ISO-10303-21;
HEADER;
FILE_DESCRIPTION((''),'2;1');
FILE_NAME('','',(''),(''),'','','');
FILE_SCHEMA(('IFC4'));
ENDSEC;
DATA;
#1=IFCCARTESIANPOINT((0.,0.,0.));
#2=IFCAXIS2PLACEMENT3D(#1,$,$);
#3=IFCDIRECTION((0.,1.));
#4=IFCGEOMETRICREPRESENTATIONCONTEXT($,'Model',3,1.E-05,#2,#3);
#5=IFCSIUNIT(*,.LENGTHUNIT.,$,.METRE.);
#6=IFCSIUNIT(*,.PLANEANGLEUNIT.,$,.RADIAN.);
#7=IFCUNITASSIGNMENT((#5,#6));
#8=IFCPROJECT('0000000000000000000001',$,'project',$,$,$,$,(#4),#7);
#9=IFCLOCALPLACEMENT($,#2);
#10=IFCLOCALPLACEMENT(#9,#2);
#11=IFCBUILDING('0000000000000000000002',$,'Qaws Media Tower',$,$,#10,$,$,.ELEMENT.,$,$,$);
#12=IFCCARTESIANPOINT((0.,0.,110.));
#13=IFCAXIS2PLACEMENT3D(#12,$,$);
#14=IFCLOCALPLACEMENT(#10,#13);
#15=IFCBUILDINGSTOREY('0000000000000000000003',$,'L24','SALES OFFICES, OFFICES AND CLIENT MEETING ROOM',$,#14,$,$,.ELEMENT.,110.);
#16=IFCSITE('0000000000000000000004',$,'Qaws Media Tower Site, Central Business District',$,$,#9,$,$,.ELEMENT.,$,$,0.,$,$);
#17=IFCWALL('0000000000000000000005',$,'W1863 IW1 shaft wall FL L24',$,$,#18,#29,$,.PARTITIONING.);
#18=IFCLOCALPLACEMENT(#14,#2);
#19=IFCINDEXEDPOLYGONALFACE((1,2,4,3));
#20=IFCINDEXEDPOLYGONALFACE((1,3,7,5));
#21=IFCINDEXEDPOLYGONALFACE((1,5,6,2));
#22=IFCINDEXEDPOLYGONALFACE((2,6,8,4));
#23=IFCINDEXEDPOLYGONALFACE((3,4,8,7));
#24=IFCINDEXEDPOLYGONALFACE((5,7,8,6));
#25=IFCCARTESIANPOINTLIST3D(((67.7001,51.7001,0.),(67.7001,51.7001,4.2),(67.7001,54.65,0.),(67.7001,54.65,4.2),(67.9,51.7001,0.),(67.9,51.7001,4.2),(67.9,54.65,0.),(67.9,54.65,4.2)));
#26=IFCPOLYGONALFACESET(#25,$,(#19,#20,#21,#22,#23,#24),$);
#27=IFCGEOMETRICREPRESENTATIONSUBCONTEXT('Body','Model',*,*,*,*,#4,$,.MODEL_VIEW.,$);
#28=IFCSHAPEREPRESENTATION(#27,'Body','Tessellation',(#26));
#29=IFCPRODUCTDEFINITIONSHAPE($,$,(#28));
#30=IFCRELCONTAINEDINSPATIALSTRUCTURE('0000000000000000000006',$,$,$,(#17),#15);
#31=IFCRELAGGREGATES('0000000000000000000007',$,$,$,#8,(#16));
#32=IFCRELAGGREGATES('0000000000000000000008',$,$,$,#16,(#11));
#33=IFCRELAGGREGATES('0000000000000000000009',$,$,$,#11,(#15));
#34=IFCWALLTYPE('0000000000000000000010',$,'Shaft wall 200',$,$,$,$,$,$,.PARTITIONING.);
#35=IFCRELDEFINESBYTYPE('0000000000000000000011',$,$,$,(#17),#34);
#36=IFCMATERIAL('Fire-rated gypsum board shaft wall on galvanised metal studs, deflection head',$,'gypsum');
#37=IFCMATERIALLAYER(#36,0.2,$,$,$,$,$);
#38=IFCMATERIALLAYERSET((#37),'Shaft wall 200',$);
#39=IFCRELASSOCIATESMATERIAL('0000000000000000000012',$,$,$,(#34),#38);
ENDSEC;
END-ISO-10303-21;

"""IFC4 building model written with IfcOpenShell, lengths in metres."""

from ifc_helpers import new_model, si_unit, direction, frame, frame_2d, origin, place, context, subcontext, project, spatial, rectangle, extrude, material, layer, layer_set, type_object, element, save


model = new_model("IFC4")

# Units and contexts
model_context = context("Model", 3, precision=1e-05, world=origin(), true_north=direction((0.0, 1.0)))
body_context = subcontext(model_context, "Body", "Model", "MODEL_VIEW")
ifc_project = project(units=[si_unit("LENGTHUNIT", "METRE"), si_unit("PLANEANGLEUNIT", "RADIAN")], contexts=[model_context])

# Site, building, storey
site_placement = place(None, origin())
site = spatial("IfcSite", under=ifc_project, at=site_placement, Name="Qaws Media Tower Site, Central Business District", CompositionType="ELEMENT", RefElevation=0.0)
building_placement = place(site_placement, origin())
building = spatial("IfcBuilding", under=site, at=building_placement, Name="Qaws Media Tower", CompositionType="ELEMENT")
storey_placement = place(building_placement, frame((0.0, 0.0, 110.0)))
storey = spatial("IfcBuildingStorey", under=building, at=storey_placement, Name="L24", Description="SALES OFFICES, OFFICES AND CLIENT MEETING ROOM", CompositionType="ELEMENT", Elevation=110.0)

# Wall
ifc_material_1 = material(Name="Fire-rated gypsum board shaft wall on galvanised metal studs, deflection head", Category="gypsum")
ifc_layer_1 = layer(ifc_material_1, 0.2)
ifc_layer_set_1 = layer_set([ifc_layer_1], Name="Shaft wall 200")
wall_type_1 = type_object("IfcWallType", Name="Shaft wall 200", PredefinedType="PARTITIONING", material=ifc_layer_set_1)
wall_1_placement = place(storey_placement, frame((67.8, 51.7, 0.0), z_axis=(0.0, 0.0, 1.0), x_axis=(0.0, 1.0, 0.0)))
element("IfcWall", 1, at=wall_1_placement, inside=storey, type_object=wall_type_1, Name="W1863 IW1 shaft wall FL L24", PredefinedType="PARTITIONING", context=body_context, shape_type="SweptSolid", body=[
    extrude(rectangle(XDim=2.95, YDim=0.2, at=frame_2d((1.4751, 0.0))), origin(), (0.0, 0.0, 1.0), 4.2),
])

save(model, "model.ifc")
